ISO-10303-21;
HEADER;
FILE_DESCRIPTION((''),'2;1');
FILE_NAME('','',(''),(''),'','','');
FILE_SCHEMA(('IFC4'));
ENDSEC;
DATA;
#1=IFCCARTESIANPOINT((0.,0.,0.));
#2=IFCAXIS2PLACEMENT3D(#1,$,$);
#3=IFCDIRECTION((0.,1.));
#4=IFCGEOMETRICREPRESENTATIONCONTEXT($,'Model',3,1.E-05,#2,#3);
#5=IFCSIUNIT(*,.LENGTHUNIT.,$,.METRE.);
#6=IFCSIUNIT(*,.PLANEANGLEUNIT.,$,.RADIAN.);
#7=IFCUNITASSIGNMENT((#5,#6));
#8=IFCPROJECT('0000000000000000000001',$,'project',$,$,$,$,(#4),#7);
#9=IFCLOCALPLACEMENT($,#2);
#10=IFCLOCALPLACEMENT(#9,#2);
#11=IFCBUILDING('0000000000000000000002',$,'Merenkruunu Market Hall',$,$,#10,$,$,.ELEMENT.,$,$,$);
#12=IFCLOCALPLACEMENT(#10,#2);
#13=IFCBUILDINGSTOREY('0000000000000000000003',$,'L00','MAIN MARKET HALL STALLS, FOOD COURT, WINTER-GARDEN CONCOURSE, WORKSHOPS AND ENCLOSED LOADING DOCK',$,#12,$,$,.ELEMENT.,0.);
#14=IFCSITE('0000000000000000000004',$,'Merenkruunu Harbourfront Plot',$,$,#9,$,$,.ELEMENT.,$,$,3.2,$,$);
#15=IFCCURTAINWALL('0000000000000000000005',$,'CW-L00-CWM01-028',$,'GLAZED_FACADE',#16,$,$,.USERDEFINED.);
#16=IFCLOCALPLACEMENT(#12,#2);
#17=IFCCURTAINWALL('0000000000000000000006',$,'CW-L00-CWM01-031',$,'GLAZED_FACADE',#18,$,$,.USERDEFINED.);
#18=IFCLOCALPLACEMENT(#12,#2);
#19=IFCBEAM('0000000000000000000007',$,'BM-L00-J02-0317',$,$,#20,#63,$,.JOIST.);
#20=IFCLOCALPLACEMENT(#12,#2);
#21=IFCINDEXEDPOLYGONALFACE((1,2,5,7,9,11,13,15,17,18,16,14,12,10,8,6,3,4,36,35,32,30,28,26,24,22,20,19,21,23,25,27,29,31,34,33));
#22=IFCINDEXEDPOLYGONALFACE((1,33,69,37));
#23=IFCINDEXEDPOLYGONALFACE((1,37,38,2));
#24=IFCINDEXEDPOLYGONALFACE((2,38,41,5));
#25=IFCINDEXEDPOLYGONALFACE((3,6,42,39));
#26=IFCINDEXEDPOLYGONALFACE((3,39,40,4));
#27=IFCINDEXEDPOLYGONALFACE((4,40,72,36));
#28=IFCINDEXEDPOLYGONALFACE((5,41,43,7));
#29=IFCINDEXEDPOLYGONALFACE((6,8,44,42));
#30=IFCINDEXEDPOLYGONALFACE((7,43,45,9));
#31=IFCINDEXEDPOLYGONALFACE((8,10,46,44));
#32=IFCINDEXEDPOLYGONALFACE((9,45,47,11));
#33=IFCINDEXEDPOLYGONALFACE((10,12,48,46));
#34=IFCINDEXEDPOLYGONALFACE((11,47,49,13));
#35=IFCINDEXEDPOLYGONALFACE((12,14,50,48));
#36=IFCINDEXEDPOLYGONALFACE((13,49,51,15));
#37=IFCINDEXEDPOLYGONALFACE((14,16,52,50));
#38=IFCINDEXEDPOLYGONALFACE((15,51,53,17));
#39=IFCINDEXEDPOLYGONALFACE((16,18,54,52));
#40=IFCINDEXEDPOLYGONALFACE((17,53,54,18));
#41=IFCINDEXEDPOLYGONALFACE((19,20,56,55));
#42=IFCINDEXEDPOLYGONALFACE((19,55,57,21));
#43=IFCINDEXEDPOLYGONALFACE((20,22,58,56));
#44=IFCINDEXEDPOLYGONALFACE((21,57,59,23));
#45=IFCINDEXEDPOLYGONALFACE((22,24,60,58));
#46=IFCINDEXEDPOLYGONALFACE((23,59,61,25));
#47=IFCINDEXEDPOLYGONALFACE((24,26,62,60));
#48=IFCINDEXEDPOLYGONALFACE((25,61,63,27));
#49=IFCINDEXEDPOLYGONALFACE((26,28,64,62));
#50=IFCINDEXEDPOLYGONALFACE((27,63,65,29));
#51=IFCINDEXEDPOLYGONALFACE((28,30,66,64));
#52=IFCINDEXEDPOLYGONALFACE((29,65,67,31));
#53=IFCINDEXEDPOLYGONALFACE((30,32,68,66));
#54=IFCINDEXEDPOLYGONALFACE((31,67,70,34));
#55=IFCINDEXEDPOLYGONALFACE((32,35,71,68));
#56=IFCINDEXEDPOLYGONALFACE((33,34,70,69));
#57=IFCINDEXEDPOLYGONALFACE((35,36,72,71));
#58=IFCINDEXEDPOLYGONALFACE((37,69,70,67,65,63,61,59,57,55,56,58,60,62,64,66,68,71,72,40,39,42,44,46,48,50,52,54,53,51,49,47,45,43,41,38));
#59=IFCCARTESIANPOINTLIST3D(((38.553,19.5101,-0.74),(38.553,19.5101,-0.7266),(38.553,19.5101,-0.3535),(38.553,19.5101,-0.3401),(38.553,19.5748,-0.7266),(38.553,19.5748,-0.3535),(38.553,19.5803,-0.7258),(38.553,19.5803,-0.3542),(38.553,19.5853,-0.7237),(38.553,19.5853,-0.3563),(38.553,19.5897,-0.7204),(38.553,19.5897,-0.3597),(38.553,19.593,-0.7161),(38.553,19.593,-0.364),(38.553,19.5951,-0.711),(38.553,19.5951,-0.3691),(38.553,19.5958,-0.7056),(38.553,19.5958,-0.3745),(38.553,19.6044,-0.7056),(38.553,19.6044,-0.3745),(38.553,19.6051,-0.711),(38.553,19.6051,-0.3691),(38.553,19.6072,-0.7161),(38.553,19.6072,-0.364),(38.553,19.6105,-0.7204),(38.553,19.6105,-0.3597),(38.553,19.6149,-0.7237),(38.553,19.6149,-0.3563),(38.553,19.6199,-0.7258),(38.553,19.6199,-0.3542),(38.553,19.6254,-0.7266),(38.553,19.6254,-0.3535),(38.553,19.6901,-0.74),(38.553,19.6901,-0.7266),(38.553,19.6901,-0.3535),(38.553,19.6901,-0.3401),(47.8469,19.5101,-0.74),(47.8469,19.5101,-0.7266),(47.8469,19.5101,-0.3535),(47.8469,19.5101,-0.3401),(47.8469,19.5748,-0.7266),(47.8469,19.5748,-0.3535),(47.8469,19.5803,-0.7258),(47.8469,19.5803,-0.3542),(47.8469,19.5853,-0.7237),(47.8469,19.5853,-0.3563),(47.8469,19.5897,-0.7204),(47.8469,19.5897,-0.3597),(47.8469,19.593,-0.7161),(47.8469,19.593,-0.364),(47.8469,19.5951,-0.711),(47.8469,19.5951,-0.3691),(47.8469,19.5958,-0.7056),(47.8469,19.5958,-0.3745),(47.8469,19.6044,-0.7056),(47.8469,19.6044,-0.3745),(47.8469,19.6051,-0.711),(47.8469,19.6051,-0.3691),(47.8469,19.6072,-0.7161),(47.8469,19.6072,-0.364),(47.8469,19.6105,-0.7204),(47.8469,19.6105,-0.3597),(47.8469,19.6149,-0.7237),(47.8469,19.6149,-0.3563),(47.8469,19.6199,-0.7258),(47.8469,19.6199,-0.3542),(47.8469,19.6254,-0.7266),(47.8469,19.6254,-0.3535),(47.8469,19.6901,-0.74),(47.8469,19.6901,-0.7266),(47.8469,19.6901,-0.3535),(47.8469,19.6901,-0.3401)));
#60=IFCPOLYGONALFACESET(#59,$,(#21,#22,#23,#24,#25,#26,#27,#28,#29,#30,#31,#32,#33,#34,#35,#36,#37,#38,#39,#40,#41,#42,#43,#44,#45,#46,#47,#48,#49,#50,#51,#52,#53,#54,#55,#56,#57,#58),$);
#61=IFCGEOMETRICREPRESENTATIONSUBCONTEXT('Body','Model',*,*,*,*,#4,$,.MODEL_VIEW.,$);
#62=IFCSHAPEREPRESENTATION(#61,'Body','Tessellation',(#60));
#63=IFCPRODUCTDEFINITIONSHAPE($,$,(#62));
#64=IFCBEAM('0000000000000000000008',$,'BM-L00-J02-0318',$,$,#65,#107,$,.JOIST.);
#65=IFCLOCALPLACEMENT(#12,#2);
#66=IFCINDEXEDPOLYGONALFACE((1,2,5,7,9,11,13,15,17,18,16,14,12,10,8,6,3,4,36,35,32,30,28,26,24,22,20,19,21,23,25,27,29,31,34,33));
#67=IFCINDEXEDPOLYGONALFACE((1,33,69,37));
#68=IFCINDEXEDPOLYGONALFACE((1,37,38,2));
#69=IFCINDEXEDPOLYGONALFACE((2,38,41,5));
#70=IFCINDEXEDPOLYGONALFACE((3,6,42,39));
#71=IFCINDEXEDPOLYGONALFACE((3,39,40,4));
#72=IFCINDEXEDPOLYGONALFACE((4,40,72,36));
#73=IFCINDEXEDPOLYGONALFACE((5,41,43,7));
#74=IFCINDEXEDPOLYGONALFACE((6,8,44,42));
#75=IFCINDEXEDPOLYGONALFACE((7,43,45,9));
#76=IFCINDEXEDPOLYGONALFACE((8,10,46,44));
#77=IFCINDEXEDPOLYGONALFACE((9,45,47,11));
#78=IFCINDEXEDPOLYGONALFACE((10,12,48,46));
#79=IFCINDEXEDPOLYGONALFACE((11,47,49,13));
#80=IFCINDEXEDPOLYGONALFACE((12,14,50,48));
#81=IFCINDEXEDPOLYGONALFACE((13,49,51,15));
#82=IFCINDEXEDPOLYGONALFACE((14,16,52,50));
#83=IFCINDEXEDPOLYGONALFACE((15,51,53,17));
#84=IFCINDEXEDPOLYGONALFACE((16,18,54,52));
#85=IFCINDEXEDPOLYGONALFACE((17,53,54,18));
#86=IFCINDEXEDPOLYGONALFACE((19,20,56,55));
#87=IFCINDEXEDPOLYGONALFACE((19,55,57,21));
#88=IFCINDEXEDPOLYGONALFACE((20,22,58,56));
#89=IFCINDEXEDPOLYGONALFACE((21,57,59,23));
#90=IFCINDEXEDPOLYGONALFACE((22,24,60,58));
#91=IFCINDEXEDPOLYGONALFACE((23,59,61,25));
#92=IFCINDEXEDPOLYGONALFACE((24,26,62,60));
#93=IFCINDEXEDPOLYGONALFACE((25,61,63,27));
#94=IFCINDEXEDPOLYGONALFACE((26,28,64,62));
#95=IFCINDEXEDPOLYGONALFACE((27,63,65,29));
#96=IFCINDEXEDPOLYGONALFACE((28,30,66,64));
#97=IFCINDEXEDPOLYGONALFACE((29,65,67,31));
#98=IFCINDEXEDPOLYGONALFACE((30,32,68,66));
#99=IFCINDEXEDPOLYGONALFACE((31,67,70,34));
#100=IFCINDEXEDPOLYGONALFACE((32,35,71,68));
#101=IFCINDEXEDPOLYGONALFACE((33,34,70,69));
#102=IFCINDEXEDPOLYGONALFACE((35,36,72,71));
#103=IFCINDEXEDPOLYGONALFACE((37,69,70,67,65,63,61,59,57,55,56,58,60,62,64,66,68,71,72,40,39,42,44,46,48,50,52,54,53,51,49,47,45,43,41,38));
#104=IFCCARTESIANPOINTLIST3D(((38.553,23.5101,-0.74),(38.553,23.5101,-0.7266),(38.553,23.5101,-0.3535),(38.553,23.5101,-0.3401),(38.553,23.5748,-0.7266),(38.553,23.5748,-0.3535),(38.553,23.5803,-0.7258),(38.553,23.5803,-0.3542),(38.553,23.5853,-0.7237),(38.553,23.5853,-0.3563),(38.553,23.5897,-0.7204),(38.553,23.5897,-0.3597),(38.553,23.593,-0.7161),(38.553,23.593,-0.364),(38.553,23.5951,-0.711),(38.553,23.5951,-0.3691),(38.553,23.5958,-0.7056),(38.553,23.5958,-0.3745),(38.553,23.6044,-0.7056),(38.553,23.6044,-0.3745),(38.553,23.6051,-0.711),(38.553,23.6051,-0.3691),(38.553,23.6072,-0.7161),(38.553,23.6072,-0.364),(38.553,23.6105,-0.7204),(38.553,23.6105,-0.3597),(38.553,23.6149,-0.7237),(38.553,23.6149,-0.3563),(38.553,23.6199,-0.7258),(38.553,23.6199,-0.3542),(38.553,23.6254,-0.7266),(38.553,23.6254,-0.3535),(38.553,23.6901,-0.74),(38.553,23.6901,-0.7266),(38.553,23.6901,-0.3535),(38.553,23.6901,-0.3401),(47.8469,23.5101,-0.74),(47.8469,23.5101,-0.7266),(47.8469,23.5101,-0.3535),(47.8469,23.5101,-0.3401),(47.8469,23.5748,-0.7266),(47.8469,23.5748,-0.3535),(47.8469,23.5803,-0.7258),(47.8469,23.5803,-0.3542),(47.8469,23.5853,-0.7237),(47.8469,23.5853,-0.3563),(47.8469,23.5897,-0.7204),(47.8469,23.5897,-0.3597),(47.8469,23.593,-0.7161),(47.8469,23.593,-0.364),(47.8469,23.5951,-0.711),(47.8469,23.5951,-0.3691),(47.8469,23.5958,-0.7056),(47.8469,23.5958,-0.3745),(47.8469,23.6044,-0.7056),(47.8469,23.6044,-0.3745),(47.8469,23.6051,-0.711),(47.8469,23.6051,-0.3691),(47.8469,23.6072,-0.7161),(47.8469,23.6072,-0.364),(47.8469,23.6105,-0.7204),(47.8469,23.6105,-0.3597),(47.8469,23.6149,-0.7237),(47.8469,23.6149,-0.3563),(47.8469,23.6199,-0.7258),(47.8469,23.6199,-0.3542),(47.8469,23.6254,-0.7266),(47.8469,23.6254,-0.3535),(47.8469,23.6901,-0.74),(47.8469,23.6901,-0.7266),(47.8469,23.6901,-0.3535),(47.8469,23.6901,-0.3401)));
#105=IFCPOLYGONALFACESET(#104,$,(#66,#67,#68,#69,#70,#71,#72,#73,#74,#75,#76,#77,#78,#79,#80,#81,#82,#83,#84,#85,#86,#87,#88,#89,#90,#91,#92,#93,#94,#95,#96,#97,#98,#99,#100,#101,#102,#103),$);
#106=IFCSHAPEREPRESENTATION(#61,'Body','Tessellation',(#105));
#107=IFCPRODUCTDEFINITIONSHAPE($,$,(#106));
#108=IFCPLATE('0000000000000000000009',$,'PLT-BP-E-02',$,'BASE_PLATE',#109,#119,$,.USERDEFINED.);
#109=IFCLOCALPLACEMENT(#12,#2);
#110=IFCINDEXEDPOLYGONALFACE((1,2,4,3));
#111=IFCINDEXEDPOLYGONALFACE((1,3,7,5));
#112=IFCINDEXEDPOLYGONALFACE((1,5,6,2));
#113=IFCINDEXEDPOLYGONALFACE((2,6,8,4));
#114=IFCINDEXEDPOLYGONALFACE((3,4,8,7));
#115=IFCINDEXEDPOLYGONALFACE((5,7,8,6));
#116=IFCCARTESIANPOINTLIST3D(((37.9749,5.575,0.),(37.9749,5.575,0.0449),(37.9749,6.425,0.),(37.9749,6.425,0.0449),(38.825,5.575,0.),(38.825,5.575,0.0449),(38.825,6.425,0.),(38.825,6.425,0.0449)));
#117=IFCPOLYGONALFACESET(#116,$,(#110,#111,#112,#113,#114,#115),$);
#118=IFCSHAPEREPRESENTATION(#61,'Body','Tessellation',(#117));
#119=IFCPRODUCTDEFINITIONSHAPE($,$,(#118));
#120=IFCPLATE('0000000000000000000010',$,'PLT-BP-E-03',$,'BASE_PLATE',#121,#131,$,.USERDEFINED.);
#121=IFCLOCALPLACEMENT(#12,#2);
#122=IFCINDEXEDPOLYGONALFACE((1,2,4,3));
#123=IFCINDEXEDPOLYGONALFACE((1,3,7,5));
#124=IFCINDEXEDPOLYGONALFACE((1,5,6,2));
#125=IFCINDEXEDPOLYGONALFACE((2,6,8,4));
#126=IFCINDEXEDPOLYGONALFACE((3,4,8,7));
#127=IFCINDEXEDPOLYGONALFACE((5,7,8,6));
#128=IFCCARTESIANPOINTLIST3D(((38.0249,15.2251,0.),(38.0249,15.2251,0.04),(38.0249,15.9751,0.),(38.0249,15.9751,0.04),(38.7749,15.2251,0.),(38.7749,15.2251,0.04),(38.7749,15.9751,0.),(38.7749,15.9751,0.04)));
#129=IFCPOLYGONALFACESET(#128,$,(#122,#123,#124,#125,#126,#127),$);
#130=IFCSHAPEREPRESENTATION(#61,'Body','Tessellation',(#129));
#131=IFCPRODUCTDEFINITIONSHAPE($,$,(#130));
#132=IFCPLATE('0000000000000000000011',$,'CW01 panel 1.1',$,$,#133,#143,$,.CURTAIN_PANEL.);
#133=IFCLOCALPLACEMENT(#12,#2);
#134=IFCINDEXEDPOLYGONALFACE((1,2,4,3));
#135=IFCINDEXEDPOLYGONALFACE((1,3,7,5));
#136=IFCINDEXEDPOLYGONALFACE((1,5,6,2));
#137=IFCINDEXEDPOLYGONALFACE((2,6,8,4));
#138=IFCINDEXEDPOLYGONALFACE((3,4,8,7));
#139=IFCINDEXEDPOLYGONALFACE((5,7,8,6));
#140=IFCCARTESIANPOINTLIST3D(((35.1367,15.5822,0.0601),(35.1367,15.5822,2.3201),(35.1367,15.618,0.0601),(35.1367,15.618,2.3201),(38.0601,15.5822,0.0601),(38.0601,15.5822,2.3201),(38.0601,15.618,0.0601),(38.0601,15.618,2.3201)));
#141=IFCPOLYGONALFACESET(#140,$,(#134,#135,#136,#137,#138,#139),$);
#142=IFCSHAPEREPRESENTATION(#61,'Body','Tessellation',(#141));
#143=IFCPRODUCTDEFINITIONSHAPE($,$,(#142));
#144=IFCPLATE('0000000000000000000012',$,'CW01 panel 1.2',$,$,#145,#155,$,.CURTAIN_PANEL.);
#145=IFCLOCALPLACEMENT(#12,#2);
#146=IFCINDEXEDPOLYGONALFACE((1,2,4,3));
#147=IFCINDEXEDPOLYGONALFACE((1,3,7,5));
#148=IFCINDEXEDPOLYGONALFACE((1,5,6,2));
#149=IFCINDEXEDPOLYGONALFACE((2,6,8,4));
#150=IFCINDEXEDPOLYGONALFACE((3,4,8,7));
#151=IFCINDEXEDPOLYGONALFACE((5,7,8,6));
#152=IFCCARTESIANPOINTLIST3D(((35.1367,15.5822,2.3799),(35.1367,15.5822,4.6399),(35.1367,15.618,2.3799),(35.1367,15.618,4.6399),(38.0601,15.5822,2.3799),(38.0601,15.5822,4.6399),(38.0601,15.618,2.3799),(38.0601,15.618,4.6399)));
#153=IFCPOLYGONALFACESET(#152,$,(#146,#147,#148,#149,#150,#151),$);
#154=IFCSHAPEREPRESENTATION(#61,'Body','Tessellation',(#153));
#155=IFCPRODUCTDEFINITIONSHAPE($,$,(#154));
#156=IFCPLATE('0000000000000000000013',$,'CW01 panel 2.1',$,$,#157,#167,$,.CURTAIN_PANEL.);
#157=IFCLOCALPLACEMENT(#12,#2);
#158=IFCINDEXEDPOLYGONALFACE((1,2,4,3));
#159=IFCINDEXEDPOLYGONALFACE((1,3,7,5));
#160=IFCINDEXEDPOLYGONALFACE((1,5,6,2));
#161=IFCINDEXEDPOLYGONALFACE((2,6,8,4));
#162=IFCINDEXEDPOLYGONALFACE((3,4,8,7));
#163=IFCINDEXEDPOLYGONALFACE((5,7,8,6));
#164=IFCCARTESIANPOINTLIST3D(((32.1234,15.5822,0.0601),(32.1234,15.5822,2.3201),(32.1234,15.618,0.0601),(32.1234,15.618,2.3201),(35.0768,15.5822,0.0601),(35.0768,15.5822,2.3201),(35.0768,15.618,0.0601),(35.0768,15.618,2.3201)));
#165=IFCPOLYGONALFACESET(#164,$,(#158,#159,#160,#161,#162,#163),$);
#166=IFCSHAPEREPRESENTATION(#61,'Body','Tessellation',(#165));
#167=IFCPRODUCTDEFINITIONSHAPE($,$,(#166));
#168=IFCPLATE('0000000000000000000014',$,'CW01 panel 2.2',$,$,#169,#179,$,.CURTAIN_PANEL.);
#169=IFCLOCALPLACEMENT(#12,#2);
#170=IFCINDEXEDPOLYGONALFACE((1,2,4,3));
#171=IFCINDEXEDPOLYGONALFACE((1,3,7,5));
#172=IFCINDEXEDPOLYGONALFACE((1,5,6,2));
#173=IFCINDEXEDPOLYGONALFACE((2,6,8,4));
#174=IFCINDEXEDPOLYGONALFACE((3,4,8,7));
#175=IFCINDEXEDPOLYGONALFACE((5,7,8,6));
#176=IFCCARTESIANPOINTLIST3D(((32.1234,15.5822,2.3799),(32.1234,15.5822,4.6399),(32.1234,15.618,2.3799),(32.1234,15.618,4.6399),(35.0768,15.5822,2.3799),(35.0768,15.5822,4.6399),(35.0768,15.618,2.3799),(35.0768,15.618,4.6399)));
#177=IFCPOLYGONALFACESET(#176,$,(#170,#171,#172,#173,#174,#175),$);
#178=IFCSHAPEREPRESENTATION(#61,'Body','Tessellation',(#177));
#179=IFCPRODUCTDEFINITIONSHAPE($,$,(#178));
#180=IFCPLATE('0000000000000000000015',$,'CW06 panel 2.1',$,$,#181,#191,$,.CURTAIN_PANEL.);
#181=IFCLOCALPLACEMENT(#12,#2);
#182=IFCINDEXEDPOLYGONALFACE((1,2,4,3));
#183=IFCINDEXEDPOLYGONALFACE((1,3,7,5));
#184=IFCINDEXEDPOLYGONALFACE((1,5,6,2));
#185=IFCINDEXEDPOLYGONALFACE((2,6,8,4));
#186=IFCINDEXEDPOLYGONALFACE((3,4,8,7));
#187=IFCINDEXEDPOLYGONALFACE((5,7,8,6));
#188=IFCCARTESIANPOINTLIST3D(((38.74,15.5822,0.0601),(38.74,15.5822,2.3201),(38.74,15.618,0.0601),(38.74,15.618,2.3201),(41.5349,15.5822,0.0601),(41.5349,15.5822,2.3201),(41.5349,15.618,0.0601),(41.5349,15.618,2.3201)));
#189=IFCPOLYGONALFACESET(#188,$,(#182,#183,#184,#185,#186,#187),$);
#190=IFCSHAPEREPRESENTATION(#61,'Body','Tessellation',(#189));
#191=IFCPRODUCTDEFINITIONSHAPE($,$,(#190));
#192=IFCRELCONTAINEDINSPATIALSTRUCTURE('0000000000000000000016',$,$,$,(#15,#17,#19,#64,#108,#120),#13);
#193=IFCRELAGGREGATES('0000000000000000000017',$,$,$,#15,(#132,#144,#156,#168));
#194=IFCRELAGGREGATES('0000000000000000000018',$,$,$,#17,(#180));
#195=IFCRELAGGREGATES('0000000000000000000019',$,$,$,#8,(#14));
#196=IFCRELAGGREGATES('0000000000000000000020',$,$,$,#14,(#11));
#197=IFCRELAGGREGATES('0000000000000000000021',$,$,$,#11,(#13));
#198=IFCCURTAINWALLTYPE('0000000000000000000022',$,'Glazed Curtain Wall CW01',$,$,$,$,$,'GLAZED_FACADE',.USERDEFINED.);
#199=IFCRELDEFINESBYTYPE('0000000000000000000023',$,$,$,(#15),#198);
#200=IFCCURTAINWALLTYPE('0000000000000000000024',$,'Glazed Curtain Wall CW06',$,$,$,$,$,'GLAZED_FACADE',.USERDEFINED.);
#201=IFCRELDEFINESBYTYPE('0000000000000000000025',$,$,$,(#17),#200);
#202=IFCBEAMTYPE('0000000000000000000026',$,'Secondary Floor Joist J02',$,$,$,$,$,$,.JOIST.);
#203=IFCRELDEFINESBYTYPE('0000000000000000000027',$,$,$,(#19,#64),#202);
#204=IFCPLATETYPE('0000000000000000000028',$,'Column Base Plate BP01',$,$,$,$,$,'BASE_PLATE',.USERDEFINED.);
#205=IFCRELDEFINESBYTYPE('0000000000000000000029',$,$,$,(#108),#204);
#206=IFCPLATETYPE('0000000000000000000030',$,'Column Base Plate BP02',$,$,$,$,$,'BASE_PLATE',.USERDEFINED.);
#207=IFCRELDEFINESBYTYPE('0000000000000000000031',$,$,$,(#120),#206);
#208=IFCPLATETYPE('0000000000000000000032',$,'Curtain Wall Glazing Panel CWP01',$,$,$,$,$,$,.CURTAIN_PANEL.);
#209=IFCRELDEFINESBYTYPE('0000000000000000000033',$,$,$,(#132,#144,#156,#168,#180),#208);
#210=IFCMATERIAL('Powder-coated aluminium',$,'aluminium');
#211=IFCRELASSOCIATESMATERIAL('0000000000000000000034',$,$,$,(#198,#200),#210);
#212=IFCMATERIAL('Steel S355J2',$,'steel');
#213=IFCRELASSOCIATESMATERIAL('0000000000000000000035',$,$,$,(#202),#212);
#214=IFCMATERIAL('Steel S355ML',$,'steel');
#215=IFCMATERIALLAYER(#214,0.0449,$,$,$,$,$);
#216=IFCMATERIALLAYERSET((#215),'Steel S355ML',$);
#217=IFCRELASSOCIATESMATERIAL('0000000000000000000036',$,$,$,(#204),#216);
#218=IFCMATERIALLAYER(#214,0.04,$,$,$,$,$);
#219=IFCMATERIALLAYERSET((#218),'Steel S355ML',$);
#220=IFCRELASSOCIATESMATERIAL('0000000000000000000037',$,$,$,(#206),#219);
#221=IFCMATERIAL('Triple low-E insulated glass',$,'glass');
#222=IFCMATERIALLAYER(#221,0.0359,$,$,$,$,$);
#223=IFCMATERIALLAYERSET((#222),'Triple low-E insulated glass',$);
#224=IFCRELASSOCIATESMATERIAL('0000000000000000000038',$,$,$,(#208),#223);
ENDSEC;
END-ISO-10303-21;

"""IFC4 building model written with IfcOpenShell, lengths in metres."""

from ifc_helpers import new_model, si_unit, direction, frame, origin, origin_2d, place, context, subcontext, project, spatial, rectangle, i_section, extrude, material, layer, layer_set, material_profile, profile_set, type_object, element, aggregate, save


model = new_model("IFC4")

# Units and contexts
model_context = context("Model", 3, precision=1e-05, world=origin(), true_north=direction((0.0, 1.0)))
body_context = subcontext(model_context, "Body", "Model", "MODEL_VIEW")
ifc_project = project(units=[si_unit("LENGTHUNIT", "METRE"), si_unit("PLANEANGLEUNIT", "RADIAN")], contexts=[model_context])

# Site, building, storey
site_placement = place(None, origin())
site = spatial("IfcSite", under=ifc_project, at=site_placement, Name="Merenkruunu Harbourfront Plot", CompositionType="ELEMENT", RefElevation=3.2)
building_placement = place(site_placement, origin())
building = spatial("IfcBuilding", under=site, at=building_placement, Name="Merenkruunu Market Hall", CompositionType="ELEMENT")
storey_placement = place(building_placement, origin())
storey = spatial("IfcBuildingStorey", under=building, at=storey_placement, Name="L00", Description="MAIN MARKET HALL STALLS, FOOD COURT, WINTER-GARDEN CONCOURSE, WORKSHOPS AND ENCLOSED LOADING DOCK", CompositionType="ELEMENT", Elevation=0.0)

# Shared definitions
ifc_material_1 = material(Name="Steel S355J2", Category="steel")
ifc_material_2 = material(Name="Steel S355ML", Category="steel")

# Curtain wall
ifc_material_3 = material(Name="Powder-coated aluminium", Category="aluminium")
curtain_wall_type_1 = type_object("IfcCurtainWallType", Name="Glazed Curtain Wall CW01", ElementType="GLAZED_FACADE", PredefinedType="USERDEFINED", material=ifc_material_3)
curtain_wall_1_placement = place(storey_placement, origin())
curtain_wall_1 = element("IfcCurtainWall", 1, at=curtain_wall_1_placement, inside=storey, type_object=curtain_wall_type_1, Name="CW-L00-CWM01-028", ObjectType="GLAZED_FACADE", PredefinedType="USERDEFINED")

# Curtain wall
curtain_wall_type_2 = type_object("IfcCurtainWallType", Name="Glazed Curtain Wall CW06", ElementType="GLAZED_FACADE", PredefinedType="USERDEFINED", material=ifc_material_3)
curtain_wall_2_placement = place(storey_placement, origin())
curtain_wall_2 = element("IfcCurtainWall", 2, at=curtain_wall_2_placement, inside=storey, type_object=curtain_wall_type_2, Name="CW-L00-CWM01-031", ObjectType="GLAZED_FACADE", PredefinedType="USERDEFINED")

# Beams
ifc_material_profile_1 = material_profile(ifc_material_1, i_section(OverallWidth=0.1799, OverallDepth=0.3999, WebThickness=0.0085, FlangeThickness=0.0134, FilletRadius=0.021, at=origin_2d()), Name="IPE 400")
ifc_profile_set_1 = profile_set([ifc_material_profile_1], Name="Steel S355J2")
beam_type_1 = type_object("IfcBeamType", Name="Secondary Floor Joist J02", PredefinedType="JOIST", material=ifc_profile_set_1)
for number, where, z_axis, x_axis, name in (
    (3, (38.553, 19.6001, -0.54), (1.0, 0.0, 0.0), (0.0, 1.0, 0.0), "BM-L00-J02-0317"),
    (4, (38.553, 23.6001, -0.54), (1.0, 0.0, 0.0), (0.0, 1.0, 0.0), "BM-L00-J02-0318"),
):
    element("IfcBeam", number, at=place(storey_placement, frame(where, z_axis=z_axis, x_axis=x_axis)), inside=storey, type_object=beam_type_1, Name=name, PredefinedType="JOIST", context=body_context, shape_type="SweptSolid", body=[
        extrude(i_section(OverallWidth=0.1799, OverallDepth=0.3999, WebThickness=0.0085, FlangeThickness=0.0134, FilletRadius=0.021, at=origin_2d()), origin(), (0.0, 0.0, 1.0), 9.2939),
    ])

# Plates
ifc_layer_1 = layer(ifc_material_2, 0.0449)
ifc_layer_set_1 = layer_set([ifc_layer_1], Name="Steel S355ML")
plate_type_1 = type_object("IfcPlateType", Name="Column Base Plate BP01", ElementType="BASE_PLATE", PredefinedType="USERDEFINED", material=ifc_layer_set_1)
plate_1_placement = place(storey_placement, frame((38.3999, 6.0, 0.0), z_axis=(0.0, 0.0, 1.0), x_axis=(1.0, 0.0, 0.0)))
element("IfcPlate", 5, at=plate_1_placement, inside=storey, type_object=plate_type_1, Name="PLT-BP-E-02", ObjectType="BASE_PLATE", PredefinedType="USERDEFINED", context=body_context, shape_type="SweptSolid", body=[
    extrude(rectangle(XDim=0.8501, YDim=0.8501, at=origin_2d()), origin(), (0.0, 0.0, 1.0), 0.0449),
])
ifc_layer_2 = layer(ifc_material_2, 0.04)
ifc_layer_set_2 = layer_set([ifc_layer_2], Name="Steel S355ML")
plate_type_2 = type_object("IfcPlateType", Name="Column Base Plate BP02", ElementType="BASE_PLATE", PredefinedType="USERDEFINED", material=ifc_layer_set_2)
plate_2_placement = place(storey_placement, frame((38.3999, 15.6001, 0.0), z_axis=(0.0, 0.0, 1.0), x_axis=(1.0, 0.0, 0.0)))
element("IfcPlate", 6, at=plate_2_placement, inside=storey, type_object=plate_type_2, Name="PLT-BP-E-03", ObjectType="BASE_PLATE", PredefinedType="USERDEFINED", context=body_context, shape_type="SweptSolid", body=[
    extrude(rectangle(XDim=0.75, YDim=0.75, at=origin_2d()), origin(), (0.0, 0.0, 1.0), 0.04),
])

# Plates
ifc_material_4 = material(Name="Triple low-E insulated glass", Category="glass")
ifc_layer_3 = layer(ifc_material_4, 0.0359)
ifc_layer_set_3 = layer_set([ifc_layer_3], Name="Triple low-E insulated glass")
plate_type_3 = type_object("IfcPlateType", Name="Curtain Wall Glazing Panel CWP01", PredefinedType="CURTAIN_PANEL", material=ifc_layer_set_3)
plate_3_placement = place(storey_placement, frame((36.5984, 15.6001, 0.0601), z_axis=(0.0, 0.0, 1.0), x_axis=(-1.0, 0.0, 0.0)))
plate_3 = element("IfcPlate", 7, at=plate_3_placement, type_object=plate_type_3, Name="CW01 panel 1.1", PredefinedType="CURTAIN_PANEL", context=body_context, shape_type="SweptSolid", body=[
    extrude(rectangle(XDim=2.9233, YDim=0.0359, at=origin_2d()), origin(), (0.0, 0.0, 1.0), 2.26),
])
plate_4_placement = place(storey_placement, frame((36.5984, 15.6001, 2.3799), z_axis=(0.0, 0.0, 1.0), x_axis=(-1.0, 0.0, 0.0)))
plate_4 = element("IfcPlate", 8, at=plate_4_placement, type_object=plate_type_3, Name="CW01 panel 1.2", PredefinedType="CURTAIN_PANEL", context=body_context, shape_type="SweptSolid", body=[
    extrude(rectangle(XDim=2.9233, YDim=0.0359, at=origin_2d()), origin(), (0.0, 0.0, 1.0), 2.26),
])
plate_5_placement = place(storey_placement, frame((33.6001, 15.6001, 0.0601), z_axis=(0.0, 0.0, 1.0), x_axis=(-1.0, 0.0, 0.0)))
plate_5 = element("IfcPlate", 9, at=plate_5_placement, type_object=plate_type_3, Name="CW01 panel 2.1", PredefinedType="CURTAIN_PANEL", context=body_context, shape_type="SweptSolid", body=[
    extrude(rectangle(XDim=2.9534, YDim=0.0359, at=origin_2d()), origin(), (0.0, 0.0, 1.0), 2.26),
])
plate_6_placement = place(storey_placement, frame((33.6001, 15.6001, 2.3799), z_axis=(0.0, 0.0, 1.0), x_axis=(-1.0, 0.0, 0.0)))
plate_6 = element("IfcPlate", 10, at=plate_6_placement, type_object=plate_type_3, Name="CW01 panel 2.2", PredefinedType="CURTAIN_PANEL", context=body_context, shape_type="SweptSolid", body=[
    extrude(rectangle(XDim=2.9534, YDim=0.0359, at=origin_2d()), origin(), (0.0, 0.0, 1.0), 2.26),
])
aggregate(curtain_wall_1, [plate_3, plate_4, plate_5, plate_6])
plate_7_placement = place(storey_placement, frame((40.1375, 15.6001, 0.0601), z_axis=(0.0, 0.0, 1.0), x_axis=(-1.0, 0.0, 0.0)))
plate_7 = element("IfcPlate", 11, at=plate_7_placement, type_object=plate_type_3, Name="CW06 panel 2.1", PredefinedType="CURTAIN_PANEL", context=body_context, shape_type="SweptSolid", body=[
    extrude(rectangle(XDim=2.7949, YDim=0.0359, at=origin_2d()), origin(), (0.0, 0.0, 1.0), 2.26),
])
aggregate(curtain_wall_2, [plate_7])

save(model, "model.ifc")
